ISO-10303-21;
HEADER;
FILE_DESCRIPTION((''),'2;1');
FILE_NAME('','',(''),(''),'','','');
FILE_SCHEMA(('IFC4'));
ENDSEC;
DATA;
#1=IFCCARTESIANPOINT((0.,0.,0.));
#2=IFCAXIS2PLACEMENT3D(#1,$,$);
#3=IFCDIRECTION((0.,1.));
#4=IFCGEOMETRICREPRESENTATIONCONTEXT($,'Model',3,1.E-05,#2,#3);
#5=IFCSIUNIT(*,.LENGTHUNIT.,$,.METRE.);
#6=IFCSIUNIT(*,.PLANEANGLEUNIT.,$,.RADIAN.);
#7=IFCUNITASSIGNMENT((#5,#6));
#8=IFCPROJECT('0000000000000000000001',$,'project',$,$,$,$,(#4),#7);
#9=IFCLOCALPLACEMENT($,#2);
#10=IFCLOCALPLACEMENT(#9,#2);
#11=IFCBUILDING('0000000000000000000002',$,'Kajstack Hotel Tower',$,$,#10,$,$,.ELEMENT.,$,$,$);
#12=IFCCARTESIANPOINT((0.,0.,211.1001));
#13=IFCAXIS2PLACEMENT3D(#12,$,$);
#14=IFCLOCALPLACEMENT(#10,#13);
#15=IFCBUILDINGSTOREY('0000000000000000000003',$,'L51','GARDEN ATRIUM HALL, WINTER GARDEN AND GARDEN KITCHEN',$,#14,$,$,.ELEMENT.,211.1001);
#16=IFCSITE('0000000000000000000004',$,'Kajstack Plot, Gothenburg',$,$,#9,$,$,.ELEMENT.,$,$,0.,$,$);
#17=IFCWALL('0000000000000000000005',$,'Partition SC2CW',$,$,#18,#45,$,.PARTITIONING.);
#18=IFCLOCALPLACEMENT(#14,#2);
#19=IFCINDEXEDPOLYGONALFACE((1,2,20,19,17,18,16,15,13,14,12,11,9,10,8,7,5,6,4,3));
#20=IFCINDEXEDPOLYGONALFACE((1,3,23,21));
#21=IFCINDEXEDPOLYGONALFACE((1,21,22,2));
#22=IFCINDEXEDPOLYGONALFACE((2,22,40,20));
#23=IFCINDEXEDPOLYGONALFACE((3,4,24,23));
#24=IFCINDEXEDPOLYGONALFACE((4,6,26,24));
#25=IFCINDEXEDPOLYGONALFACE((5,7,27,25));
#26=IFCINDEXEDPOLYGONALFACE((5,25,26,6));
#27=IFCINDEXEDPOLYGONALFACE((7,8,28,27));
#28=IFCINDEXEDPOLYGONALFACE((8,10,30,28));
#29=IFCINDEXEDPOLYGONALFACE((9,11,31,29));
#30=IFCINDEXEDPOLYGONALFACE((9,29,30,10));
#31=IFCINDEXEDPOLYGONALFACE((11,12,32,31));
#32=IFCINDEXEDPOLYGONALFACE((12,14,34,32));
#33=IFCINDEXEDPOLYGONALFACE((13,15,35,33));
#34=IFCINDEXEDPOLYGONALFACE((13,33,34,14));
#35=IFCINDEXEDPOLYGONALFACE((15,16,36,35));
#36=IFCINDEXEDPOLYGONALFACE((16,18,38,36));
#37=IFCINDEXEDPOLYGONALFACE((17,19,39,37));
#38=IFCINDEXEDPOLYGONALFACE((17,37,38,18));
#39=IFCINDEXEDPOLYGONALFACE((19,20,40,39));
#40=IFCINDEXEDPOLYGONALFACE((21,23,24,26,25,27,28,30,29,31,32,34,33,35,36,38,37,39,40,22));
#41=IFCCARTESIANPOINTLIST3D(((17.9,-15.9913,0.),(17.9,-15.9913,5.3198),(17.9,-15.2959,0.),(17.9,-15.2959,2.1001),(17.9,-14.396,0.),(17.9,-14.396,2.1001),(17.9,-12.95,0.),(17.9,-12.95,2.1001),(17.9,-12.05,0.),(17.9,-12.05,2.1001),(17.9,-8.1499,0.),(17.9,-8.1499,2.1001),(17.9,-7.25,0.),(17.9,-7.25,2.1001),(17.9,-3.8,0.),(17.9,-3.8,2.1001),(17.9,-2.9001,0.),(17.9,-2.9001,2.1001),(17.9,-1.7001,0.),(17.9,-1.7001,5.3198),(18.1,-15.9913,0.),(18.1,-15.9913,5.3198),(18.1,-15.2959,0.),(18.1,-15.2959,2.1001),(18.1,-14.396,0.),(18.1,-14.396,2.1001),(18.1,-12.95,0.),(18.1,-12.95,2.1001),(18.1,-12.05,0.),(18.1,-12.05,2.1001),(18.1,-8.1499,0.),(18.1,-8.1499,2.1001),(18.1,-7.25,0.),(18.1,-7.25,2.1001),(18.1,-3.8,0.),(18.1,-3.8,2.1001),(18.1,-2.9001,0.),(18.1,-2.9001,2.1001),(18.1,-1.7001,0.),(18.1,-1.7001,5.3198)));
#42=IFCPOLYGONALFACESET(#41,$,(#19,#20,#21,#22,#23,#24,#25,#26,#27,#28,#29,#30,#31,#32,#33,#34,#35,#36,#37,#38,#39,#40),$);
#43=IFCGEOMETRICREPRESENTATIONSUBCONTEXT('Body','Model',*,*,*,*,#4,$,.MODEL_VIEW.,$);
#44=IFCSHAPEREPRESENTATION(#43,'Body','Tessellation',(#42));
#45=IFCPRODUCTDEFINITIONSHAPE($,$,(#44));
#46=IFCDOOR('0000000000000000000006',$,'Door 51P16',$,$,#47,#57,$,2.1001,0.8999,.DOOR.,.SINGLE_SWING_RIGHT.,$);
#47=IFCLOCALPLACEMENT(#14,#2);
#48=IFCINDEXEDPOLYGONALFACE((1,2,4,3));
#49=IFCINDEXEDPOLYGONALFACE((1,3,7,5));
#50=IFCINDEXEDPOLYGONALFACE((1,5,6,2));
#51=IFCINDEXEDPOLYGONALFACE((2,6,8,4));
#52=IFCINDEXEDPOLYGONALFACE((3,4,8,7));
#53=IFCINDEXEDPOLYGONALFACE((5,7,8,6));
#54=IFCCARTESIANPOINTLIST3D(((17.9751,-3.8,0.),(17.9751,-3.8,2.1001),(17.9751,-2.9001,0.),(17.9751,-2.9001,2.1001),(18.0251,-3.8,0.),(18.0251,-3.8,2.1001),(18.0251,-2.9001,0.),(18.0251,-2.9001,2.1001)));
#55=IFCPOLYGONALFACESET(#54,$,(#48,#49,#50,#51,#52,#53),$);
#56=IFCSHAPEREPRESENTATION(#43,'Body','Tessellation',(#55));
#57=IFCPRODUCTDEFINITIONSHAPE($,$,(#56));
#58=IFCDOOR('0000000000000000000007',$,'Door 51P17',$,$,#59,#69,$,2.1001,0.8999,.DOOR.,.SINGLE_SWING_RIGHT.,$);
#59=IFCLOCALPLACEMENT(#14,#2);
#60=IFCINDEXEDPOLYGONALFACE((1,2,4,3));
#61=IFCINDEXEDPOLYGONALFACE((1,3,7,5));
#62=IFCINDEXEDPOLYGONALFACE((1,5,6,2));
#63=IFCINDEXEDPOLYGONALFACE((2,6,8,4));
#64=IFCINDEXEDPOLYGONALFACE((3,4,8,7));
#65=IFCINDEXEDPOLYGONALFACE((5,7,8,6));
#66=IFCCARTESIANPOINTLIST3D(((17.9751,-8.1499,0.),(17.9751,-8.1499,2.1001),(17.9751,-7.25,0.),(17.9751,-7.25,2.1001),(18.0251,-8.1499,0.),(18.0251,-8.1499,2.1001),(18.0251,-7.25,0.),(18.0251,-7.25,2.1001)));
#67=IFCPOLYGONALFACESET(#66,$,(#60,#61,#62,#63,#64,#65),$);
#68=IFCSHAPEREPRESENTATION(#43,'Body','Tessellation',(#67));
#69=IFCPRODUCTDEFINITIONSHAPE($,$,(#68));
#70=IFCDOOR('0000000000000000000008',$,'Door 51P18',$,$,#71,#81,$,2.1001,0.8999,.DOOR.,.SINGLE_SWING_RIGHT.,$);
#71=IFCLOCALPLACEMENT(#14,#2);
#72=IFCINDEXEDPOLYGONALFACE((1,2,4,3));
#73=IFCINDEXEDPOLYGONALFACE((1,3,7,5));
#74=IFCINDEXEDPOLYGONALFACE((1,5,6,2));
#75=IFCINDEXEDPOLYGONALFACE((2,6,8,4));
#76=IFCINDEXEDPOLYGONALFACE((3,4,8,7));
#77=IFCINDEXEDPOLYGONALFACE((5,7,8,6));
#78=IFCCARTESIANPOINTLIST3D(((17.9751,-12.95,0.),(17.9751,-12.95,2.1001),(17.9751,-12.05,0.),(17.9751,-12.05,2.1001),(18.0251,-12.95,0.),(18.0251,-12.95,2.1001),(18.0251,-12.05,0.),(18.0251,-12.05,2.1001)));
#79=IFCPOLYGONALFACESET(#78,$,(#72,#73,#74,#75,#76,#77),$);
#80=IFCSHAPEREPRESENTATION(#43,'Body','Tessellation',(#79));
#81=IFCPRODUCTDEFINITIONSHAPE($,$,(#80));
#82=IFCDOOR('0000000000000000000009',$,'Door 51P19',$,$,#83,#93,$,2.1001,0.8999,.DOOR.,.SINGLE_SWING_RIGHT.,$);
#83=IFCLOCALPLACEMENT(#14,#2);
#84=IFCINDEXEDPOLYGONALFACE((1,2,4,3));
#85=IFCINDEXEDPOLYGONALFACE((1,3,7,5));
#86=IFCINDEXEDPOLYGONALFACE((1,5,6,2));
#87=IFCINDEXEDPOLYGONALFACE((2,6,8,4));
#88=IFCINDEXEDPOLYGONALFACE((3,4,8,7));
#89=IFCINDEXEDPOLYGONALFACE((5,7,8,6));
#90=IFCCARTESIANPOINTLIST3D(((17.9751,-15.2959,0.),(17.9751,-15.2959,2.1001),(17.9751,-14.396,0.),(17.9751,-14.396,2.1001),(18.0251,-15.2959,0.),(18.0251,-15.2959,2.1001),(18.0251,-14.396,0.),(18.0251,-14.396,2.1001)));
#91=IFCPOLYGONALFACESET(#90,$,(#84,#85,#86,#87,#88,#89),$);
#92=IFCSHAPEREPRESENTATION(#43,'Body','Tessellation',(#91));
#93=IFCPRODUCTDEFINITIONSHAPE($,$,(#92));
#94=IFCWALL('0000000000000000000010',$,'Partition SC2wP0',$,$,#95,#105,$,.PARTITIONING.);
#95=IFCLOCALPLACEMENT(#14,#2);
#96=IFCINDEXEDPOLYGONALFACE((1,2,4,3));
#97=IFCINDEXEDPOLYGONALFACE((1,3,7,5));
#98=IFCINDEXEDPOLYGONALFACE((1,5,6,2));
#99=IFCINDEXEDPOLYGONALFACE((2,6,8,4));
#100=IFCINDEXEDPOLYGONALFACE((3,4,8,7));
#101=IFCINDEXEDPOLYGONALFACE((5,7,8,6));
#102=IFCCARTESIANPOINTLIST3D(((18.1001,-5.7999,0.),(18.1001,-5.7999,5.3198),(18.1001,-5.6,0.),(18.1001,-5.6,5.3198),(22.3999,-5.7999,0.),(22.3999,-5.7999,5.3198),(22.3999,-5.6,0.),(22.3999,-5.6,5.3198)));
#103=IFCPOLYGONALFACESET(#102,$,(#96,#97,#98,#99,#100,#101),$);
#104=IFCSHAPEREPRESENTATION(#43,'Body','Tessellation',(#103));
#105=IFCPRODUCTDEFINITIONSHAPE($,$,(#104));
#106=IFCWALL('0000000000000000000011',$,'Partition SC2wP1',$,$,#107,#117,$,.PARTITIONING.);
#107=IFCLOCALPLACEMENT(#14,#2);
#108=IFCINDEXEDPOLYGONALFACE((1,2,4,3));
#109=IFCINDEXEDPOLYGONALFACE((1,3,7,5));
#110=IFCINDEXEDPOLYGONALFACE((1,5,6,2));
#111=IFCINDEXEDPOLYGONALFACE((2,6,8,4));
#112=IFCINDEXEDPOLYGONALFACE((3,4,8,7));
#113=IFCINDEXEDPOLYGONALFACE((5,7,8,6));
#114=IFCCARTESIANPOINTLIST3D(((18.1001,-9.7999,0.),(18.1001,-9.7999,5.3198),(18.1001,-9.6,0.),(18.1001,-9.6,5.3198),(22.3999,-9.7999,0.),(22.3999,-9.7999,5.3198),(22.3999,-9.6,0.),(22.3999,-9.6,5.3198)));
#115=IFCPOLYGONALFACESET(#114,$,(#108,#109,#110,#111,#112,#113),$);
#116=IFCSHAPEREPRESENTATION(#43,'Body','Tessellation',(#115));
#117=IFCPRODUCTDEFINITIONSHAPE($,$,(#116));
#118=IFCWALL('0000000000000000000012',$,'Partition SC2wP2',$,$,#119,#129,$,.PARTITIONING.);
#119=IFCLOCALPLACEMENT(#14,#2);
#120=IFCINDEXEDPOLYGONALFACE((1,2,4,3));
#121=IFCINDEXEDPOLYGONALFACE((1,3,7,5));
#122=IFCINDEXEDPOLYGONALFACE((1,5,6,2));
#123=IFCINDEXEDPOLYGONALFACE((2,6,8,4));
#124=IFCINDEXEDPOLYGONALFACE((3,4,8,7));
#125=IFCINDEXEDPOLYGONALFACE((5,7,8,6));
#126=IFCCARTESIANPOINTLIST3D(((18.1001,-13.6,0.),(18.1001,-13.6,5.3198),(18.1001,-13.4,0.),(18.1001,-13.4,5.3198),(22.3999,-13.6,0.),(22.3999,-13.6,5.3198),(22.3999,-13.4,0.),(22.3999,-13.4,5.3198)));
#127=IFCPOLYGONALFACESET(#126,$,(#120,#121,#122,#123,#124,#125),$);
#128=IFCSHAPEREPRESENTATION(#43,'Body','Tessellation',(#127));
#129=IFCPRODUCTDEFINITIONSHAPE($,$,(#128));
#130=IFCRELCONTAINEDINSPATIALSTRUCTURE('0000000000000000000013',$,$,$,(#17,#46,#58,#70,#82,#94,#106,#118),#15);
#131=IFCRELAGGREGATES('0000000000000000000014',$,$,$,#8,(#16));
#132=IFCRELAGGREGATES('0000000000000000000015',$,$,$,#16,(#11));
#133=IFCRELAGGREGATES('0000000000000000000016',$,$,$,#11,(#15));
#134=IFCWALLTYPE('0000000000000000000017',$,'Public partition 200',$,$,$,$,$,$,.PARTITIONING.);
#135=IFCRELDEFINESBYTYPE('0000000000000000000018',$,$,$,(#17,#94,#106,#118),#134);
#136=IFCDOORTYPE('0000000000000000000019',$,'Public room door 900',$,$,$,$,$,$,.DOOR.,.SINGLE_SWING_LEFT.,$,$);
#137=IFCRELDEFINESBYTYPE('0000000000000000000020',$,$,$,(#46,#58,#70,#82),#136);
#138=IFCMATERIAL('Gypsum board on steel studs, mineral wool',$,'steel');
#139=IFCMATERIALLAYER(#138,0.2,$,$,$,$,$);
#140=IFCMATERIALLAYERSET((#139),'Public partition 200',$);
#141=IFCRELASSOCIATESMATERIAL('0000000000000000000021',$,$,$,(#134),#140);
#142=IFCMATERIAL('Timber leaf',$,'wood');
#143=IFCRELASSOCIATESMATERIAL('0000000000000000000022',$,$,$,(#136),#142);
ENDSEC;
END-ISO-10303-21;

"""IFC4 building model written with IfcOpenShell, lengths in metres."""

from ifc_helpers import new_model, si_unit, direction, frame, frame_2d, origin, place, context, subcontext, project, spatial, rectangle, extrude, material, layer, layer_set, type_object, element, fill, save


model = new_model("IFC4")

# Units and contexts
model_context = context("Model", 3, precision=1e-05, world=origin(), true_north=direction((0.0, 1.0)))
body_context = subcontext(model_context, "Body", "Model", "MODEL_VIEW")
ifc_project = project(units=[si_unit("LENGTHUNIT", "METRE"), si_unit("PLANEANGLEUNIT", "RADIAN")], contexts=[model_context])

# Site, building, storey
site_placement = place(None, origin())
site = spatial("IfcSite", under=ifc_project, at=site_placement, Name="Kajstack Plot, Gothenburg", CompositionType="ELEMENT", RefElevation=0.0)
building_placement = place(site_placement, origin())
building = spatial("IfcBuilding", under=site, at=building_placement, Name="Kajstack Hotel Tower", CompositionType="ELEMENT")
storey_placement = place(building_placement, frame((0.0, 0.0, 211.1001)))
storey = spatial("IfcBuildingStorey", under=building, at=storey_placement, Name="L51", Description="GARDEN ATRIUM HALL, WINTER GARDEN AND GARDEN KITCHEN", CompositionType="ELEMENT", Elevation=211.1001)

# Wall, openings, doors
ifc_material_1 = material(Name="Gypsum board on steel studs, mineral wool", Category="steel")
ifc_layer_1 = layer(ifc_material_1, 0.2)
ifc_layer_set_1 = layer_set([ifc_layer_1], Name="Public partition 200")
wall_type = type_object("IfcWallType", Name="Public partition 200", PredefinedType="PARTITIONING", material=ifc_layer_set_1)
wall_placement = place(storey_placement, frame((18.0, -15.9912, 0.0), z_axis=(0.0, 0.0, 1.0), x_axis=(0.0, 1.0, 0.0)))
wall = element("IfcWall", 1, at=wall_placement, inside=storey, type_object=wall_type, Name="Partition SC2CW", PredefinedType="PARTITIONING", context=body_context, shape_type="SweptSolid", body=[
    extrude(rectangle(XDim=14.2913, YDim=0.2, at=frame_2d((7.1455, 0.0))), origin(), (0.0, 0.0, 1.0), 5.3198),
])
opening_1_placement = place(wall_placement, frame((12.1912, 0.0, 0.0)))
opening_1 = element("IfcOpeningElement", 2, at=opening_1_placement, cuts=wall, PredefinedType="OPENING", context=body_context, shape_type="SweptSolid", body=[
    extrude(rectangle(XDim=0.8999, YDim=2.1001, at=frame_2d((0.45, 1.05))), frame((0.0, 0.1099, 0.0), z_axis=(0.0, -1.0, 0.0), x_axis=(1.0, 0.0, 0.0)), (0.0, 0.0, 1.0), 0.22),
])
opening_2_placement = place(wall_placement, frame((7.8413, 0.0, 0.0)))
opening_2 = element("IfcOpeningElement", 3, at=opening_2_placement, cuts=wall, PredefinedType="OPENING", context=body_context, shape_type="SweptSolid", body=[
    extrude(rectangle(XDim=0.8999, YDim=2.1001, at=frame_2d((0.45, 1.05))), frame((0.0, 0.1099, 0.0), z_axis=(0.0, -1.0, 0.0), x_axis=(1.0, 0.0, 0.0)), (0.0, 0.0, 1.0), 0.22),
])
opening_3_placement = place(wall_placement, frame((3.0413, 0.0, 0.0)))
opening_3 = element("IfcOpeningElement", 4, at=opening_3_placement, cuts=wall, PredefinedType="OPENING", context=body_context, shape_type="SweptSolid", body=[
    extrude(rectangle(XDim=0.8999, YDim=2.1001, at=frame_2d((0.45, 1.05))), frame((0.0, 0.1099, 0.0), z_axis=(0.0, -1.0, 0.0), x_axis=(1.0, 0.0, 0.0)), (0.0, 0.0, 1.0), 0.22),
])
opening_4_placement = place(wall_placement, frame((0.6953, 0.0, 0.0)))
opening_4 = element("IfcOpeningElement", 5, at=opening_4_placement, cuts=wall, PredefinedType="OPENING", context=body_context, shape_type="SweptSolid", body=[
    extrude(rectangle(XDim=0.8999, YDim=2.1001, at=frame_2d((0.45, 1.05))), frame((0.0, 0.1099, 0.0), z_axis=(0.0, -1.0, 0.0), x_axis=(1.0, 0.0, 0.0)), (0.0, 0.0, 1.0), 0.22),
])
ifc_material_2 = material(Name="Timber leaf", Category="wood")
door_type = type_object("IfcDoorType", Name="Public room door 900", OperationType="SINGLE_SWING_LEFT", PredefinedType="DOOR", material=ifc_material_2)
door_1_placement = place(opening_1_placement, origin())
door_1 = element("IfcDoor", 6, at=door_1_placement, inside=storey, type_object=door_type, Name="Door 51P16", OperationType="SINGLE_SWING_RIGHT", OverallHeight=2.1001, OverallWidth=0.8999, PredefinedType="DOOR", context=body_context, shape_type="SweptSolid", body=[
    extrude(rectangle(XDim=0.8999, YDim=2.1001, at=frame_2d((0.45, 1.05))), frame((0.0, 0.0249, 0.0), z_axis=(0.0, -1.0, 0.0), x_axis=(1.0, 0.0, 0.0)), (0.0, 0.0, 1.0), 0.05),
])
fill(opening_1, door_1)
door_2_placement = place(opening_2_placement, origin())
door_2 = element("IfcDoor", 7, at=door_2_placement, inside=storey, type_object=door_type, Name="Door 51P17", OperationType="SINGLE_SWING_RIGHT", OverallHeight=2.1001, OverallWidth=0.8999, PredefinedType="DOOR", context=body_context, shape_type="SweptSolid", body=[
    extrude(rectangle(XDim=0.8999, YDim=2.1001, at=frame_2d((0.45, 1.05))), frame((0.0, 0.0249, 0.0), z_axis=(0.0, -1.0, 0.0), x_axis=(1.0, 0.0, 0.0)), (0.0, 0.0, 1.0), 0.05),
])
fill(opening_2, door_2)
door_3_placement = place(opening_3_placement, origin())
door_3 = element("IfcDoor", 8, at=door_3_placement, inside=storey, type_object=door_type, Name="Door 51P18", OperationType="SINGLE_SWING_RIGHT", OverallHeight=2.1001, OverallWidth=0.8999, PredefinedType="DOOR", context=body_context, shape_type="SweptSolid", body=[
    extrude(rectangle(XDim=0.8999, YDim=2.1001, at=frame_2d((0.45, 1.05))), frame((0.0, 0.0249, 0.0), z_axis=(0.0, -1.0, 0.0), x_axis=(1.0, 0.0, 0.0)), (0.0, 0.0, 1.0), 0.05),
])
fill(opening_3, door_3)
door_4_placement = place(opening_4_placement, origin())
door_4 = element("IfcDoor", 9, at=door_4_placement, inside=storey, type_object=door_type, Name="Door 51P19", OperationType="SINGLE_SWING_RIGHT", OverallHeight=2.1001, OverallWidth=0.8999, PredefinedType="DOOR", context=body_context, shape_type="SweptSolid", body=[
    extrude(rectangle(XDim=0.8999, YDim=2.1001, at=frame_2d((0.45, 1.05))), frame((0.0, 0.0249, 0.0), z_axis=(0.0, -1.0, 0.0), x_axis=(1.0, 0.0, 0.0)), (0.0, 0.0, 1.0), 0.05),
])
fill(opening_4, door_4)

# Walls
for number, where, z_axis, x_axis, name in (
    (10, (18.1001, -5.7, 0.0), (0.0, 0.0, 1.0), (1.0, 0.0, 0.0), "Partition SC2wP0"),
    (11, (18.1001, -9.7, 0.0), (0.0, 0.0, 1.0), (1.0, 0.0, 0.0), "Partition SC2wP1"),
    (12, (18.1001, -13.5, 0.0), (0.0, 0.0, 1.0), (1.0, 0.0, 0.0), "Partition SC2wP2"),
):
    element("IfcWall", number, at=place(storey_placement, frame(where, z_axis=z_axis, x_axis=x_axis)), inside=storey, type_object=wall_type, Name=name, PredefinedType="PARTITIONING", context=body_context, shape_type="SweptSolid", body=[
        extrude(rectangle(XDim=4.2998, YDim=0.2, at=frame_2d((2.1499, 0.0))), origin(), (0.0, 0.0, 1.0), 5.3198),
    ])

save(model, "model.ifc")
